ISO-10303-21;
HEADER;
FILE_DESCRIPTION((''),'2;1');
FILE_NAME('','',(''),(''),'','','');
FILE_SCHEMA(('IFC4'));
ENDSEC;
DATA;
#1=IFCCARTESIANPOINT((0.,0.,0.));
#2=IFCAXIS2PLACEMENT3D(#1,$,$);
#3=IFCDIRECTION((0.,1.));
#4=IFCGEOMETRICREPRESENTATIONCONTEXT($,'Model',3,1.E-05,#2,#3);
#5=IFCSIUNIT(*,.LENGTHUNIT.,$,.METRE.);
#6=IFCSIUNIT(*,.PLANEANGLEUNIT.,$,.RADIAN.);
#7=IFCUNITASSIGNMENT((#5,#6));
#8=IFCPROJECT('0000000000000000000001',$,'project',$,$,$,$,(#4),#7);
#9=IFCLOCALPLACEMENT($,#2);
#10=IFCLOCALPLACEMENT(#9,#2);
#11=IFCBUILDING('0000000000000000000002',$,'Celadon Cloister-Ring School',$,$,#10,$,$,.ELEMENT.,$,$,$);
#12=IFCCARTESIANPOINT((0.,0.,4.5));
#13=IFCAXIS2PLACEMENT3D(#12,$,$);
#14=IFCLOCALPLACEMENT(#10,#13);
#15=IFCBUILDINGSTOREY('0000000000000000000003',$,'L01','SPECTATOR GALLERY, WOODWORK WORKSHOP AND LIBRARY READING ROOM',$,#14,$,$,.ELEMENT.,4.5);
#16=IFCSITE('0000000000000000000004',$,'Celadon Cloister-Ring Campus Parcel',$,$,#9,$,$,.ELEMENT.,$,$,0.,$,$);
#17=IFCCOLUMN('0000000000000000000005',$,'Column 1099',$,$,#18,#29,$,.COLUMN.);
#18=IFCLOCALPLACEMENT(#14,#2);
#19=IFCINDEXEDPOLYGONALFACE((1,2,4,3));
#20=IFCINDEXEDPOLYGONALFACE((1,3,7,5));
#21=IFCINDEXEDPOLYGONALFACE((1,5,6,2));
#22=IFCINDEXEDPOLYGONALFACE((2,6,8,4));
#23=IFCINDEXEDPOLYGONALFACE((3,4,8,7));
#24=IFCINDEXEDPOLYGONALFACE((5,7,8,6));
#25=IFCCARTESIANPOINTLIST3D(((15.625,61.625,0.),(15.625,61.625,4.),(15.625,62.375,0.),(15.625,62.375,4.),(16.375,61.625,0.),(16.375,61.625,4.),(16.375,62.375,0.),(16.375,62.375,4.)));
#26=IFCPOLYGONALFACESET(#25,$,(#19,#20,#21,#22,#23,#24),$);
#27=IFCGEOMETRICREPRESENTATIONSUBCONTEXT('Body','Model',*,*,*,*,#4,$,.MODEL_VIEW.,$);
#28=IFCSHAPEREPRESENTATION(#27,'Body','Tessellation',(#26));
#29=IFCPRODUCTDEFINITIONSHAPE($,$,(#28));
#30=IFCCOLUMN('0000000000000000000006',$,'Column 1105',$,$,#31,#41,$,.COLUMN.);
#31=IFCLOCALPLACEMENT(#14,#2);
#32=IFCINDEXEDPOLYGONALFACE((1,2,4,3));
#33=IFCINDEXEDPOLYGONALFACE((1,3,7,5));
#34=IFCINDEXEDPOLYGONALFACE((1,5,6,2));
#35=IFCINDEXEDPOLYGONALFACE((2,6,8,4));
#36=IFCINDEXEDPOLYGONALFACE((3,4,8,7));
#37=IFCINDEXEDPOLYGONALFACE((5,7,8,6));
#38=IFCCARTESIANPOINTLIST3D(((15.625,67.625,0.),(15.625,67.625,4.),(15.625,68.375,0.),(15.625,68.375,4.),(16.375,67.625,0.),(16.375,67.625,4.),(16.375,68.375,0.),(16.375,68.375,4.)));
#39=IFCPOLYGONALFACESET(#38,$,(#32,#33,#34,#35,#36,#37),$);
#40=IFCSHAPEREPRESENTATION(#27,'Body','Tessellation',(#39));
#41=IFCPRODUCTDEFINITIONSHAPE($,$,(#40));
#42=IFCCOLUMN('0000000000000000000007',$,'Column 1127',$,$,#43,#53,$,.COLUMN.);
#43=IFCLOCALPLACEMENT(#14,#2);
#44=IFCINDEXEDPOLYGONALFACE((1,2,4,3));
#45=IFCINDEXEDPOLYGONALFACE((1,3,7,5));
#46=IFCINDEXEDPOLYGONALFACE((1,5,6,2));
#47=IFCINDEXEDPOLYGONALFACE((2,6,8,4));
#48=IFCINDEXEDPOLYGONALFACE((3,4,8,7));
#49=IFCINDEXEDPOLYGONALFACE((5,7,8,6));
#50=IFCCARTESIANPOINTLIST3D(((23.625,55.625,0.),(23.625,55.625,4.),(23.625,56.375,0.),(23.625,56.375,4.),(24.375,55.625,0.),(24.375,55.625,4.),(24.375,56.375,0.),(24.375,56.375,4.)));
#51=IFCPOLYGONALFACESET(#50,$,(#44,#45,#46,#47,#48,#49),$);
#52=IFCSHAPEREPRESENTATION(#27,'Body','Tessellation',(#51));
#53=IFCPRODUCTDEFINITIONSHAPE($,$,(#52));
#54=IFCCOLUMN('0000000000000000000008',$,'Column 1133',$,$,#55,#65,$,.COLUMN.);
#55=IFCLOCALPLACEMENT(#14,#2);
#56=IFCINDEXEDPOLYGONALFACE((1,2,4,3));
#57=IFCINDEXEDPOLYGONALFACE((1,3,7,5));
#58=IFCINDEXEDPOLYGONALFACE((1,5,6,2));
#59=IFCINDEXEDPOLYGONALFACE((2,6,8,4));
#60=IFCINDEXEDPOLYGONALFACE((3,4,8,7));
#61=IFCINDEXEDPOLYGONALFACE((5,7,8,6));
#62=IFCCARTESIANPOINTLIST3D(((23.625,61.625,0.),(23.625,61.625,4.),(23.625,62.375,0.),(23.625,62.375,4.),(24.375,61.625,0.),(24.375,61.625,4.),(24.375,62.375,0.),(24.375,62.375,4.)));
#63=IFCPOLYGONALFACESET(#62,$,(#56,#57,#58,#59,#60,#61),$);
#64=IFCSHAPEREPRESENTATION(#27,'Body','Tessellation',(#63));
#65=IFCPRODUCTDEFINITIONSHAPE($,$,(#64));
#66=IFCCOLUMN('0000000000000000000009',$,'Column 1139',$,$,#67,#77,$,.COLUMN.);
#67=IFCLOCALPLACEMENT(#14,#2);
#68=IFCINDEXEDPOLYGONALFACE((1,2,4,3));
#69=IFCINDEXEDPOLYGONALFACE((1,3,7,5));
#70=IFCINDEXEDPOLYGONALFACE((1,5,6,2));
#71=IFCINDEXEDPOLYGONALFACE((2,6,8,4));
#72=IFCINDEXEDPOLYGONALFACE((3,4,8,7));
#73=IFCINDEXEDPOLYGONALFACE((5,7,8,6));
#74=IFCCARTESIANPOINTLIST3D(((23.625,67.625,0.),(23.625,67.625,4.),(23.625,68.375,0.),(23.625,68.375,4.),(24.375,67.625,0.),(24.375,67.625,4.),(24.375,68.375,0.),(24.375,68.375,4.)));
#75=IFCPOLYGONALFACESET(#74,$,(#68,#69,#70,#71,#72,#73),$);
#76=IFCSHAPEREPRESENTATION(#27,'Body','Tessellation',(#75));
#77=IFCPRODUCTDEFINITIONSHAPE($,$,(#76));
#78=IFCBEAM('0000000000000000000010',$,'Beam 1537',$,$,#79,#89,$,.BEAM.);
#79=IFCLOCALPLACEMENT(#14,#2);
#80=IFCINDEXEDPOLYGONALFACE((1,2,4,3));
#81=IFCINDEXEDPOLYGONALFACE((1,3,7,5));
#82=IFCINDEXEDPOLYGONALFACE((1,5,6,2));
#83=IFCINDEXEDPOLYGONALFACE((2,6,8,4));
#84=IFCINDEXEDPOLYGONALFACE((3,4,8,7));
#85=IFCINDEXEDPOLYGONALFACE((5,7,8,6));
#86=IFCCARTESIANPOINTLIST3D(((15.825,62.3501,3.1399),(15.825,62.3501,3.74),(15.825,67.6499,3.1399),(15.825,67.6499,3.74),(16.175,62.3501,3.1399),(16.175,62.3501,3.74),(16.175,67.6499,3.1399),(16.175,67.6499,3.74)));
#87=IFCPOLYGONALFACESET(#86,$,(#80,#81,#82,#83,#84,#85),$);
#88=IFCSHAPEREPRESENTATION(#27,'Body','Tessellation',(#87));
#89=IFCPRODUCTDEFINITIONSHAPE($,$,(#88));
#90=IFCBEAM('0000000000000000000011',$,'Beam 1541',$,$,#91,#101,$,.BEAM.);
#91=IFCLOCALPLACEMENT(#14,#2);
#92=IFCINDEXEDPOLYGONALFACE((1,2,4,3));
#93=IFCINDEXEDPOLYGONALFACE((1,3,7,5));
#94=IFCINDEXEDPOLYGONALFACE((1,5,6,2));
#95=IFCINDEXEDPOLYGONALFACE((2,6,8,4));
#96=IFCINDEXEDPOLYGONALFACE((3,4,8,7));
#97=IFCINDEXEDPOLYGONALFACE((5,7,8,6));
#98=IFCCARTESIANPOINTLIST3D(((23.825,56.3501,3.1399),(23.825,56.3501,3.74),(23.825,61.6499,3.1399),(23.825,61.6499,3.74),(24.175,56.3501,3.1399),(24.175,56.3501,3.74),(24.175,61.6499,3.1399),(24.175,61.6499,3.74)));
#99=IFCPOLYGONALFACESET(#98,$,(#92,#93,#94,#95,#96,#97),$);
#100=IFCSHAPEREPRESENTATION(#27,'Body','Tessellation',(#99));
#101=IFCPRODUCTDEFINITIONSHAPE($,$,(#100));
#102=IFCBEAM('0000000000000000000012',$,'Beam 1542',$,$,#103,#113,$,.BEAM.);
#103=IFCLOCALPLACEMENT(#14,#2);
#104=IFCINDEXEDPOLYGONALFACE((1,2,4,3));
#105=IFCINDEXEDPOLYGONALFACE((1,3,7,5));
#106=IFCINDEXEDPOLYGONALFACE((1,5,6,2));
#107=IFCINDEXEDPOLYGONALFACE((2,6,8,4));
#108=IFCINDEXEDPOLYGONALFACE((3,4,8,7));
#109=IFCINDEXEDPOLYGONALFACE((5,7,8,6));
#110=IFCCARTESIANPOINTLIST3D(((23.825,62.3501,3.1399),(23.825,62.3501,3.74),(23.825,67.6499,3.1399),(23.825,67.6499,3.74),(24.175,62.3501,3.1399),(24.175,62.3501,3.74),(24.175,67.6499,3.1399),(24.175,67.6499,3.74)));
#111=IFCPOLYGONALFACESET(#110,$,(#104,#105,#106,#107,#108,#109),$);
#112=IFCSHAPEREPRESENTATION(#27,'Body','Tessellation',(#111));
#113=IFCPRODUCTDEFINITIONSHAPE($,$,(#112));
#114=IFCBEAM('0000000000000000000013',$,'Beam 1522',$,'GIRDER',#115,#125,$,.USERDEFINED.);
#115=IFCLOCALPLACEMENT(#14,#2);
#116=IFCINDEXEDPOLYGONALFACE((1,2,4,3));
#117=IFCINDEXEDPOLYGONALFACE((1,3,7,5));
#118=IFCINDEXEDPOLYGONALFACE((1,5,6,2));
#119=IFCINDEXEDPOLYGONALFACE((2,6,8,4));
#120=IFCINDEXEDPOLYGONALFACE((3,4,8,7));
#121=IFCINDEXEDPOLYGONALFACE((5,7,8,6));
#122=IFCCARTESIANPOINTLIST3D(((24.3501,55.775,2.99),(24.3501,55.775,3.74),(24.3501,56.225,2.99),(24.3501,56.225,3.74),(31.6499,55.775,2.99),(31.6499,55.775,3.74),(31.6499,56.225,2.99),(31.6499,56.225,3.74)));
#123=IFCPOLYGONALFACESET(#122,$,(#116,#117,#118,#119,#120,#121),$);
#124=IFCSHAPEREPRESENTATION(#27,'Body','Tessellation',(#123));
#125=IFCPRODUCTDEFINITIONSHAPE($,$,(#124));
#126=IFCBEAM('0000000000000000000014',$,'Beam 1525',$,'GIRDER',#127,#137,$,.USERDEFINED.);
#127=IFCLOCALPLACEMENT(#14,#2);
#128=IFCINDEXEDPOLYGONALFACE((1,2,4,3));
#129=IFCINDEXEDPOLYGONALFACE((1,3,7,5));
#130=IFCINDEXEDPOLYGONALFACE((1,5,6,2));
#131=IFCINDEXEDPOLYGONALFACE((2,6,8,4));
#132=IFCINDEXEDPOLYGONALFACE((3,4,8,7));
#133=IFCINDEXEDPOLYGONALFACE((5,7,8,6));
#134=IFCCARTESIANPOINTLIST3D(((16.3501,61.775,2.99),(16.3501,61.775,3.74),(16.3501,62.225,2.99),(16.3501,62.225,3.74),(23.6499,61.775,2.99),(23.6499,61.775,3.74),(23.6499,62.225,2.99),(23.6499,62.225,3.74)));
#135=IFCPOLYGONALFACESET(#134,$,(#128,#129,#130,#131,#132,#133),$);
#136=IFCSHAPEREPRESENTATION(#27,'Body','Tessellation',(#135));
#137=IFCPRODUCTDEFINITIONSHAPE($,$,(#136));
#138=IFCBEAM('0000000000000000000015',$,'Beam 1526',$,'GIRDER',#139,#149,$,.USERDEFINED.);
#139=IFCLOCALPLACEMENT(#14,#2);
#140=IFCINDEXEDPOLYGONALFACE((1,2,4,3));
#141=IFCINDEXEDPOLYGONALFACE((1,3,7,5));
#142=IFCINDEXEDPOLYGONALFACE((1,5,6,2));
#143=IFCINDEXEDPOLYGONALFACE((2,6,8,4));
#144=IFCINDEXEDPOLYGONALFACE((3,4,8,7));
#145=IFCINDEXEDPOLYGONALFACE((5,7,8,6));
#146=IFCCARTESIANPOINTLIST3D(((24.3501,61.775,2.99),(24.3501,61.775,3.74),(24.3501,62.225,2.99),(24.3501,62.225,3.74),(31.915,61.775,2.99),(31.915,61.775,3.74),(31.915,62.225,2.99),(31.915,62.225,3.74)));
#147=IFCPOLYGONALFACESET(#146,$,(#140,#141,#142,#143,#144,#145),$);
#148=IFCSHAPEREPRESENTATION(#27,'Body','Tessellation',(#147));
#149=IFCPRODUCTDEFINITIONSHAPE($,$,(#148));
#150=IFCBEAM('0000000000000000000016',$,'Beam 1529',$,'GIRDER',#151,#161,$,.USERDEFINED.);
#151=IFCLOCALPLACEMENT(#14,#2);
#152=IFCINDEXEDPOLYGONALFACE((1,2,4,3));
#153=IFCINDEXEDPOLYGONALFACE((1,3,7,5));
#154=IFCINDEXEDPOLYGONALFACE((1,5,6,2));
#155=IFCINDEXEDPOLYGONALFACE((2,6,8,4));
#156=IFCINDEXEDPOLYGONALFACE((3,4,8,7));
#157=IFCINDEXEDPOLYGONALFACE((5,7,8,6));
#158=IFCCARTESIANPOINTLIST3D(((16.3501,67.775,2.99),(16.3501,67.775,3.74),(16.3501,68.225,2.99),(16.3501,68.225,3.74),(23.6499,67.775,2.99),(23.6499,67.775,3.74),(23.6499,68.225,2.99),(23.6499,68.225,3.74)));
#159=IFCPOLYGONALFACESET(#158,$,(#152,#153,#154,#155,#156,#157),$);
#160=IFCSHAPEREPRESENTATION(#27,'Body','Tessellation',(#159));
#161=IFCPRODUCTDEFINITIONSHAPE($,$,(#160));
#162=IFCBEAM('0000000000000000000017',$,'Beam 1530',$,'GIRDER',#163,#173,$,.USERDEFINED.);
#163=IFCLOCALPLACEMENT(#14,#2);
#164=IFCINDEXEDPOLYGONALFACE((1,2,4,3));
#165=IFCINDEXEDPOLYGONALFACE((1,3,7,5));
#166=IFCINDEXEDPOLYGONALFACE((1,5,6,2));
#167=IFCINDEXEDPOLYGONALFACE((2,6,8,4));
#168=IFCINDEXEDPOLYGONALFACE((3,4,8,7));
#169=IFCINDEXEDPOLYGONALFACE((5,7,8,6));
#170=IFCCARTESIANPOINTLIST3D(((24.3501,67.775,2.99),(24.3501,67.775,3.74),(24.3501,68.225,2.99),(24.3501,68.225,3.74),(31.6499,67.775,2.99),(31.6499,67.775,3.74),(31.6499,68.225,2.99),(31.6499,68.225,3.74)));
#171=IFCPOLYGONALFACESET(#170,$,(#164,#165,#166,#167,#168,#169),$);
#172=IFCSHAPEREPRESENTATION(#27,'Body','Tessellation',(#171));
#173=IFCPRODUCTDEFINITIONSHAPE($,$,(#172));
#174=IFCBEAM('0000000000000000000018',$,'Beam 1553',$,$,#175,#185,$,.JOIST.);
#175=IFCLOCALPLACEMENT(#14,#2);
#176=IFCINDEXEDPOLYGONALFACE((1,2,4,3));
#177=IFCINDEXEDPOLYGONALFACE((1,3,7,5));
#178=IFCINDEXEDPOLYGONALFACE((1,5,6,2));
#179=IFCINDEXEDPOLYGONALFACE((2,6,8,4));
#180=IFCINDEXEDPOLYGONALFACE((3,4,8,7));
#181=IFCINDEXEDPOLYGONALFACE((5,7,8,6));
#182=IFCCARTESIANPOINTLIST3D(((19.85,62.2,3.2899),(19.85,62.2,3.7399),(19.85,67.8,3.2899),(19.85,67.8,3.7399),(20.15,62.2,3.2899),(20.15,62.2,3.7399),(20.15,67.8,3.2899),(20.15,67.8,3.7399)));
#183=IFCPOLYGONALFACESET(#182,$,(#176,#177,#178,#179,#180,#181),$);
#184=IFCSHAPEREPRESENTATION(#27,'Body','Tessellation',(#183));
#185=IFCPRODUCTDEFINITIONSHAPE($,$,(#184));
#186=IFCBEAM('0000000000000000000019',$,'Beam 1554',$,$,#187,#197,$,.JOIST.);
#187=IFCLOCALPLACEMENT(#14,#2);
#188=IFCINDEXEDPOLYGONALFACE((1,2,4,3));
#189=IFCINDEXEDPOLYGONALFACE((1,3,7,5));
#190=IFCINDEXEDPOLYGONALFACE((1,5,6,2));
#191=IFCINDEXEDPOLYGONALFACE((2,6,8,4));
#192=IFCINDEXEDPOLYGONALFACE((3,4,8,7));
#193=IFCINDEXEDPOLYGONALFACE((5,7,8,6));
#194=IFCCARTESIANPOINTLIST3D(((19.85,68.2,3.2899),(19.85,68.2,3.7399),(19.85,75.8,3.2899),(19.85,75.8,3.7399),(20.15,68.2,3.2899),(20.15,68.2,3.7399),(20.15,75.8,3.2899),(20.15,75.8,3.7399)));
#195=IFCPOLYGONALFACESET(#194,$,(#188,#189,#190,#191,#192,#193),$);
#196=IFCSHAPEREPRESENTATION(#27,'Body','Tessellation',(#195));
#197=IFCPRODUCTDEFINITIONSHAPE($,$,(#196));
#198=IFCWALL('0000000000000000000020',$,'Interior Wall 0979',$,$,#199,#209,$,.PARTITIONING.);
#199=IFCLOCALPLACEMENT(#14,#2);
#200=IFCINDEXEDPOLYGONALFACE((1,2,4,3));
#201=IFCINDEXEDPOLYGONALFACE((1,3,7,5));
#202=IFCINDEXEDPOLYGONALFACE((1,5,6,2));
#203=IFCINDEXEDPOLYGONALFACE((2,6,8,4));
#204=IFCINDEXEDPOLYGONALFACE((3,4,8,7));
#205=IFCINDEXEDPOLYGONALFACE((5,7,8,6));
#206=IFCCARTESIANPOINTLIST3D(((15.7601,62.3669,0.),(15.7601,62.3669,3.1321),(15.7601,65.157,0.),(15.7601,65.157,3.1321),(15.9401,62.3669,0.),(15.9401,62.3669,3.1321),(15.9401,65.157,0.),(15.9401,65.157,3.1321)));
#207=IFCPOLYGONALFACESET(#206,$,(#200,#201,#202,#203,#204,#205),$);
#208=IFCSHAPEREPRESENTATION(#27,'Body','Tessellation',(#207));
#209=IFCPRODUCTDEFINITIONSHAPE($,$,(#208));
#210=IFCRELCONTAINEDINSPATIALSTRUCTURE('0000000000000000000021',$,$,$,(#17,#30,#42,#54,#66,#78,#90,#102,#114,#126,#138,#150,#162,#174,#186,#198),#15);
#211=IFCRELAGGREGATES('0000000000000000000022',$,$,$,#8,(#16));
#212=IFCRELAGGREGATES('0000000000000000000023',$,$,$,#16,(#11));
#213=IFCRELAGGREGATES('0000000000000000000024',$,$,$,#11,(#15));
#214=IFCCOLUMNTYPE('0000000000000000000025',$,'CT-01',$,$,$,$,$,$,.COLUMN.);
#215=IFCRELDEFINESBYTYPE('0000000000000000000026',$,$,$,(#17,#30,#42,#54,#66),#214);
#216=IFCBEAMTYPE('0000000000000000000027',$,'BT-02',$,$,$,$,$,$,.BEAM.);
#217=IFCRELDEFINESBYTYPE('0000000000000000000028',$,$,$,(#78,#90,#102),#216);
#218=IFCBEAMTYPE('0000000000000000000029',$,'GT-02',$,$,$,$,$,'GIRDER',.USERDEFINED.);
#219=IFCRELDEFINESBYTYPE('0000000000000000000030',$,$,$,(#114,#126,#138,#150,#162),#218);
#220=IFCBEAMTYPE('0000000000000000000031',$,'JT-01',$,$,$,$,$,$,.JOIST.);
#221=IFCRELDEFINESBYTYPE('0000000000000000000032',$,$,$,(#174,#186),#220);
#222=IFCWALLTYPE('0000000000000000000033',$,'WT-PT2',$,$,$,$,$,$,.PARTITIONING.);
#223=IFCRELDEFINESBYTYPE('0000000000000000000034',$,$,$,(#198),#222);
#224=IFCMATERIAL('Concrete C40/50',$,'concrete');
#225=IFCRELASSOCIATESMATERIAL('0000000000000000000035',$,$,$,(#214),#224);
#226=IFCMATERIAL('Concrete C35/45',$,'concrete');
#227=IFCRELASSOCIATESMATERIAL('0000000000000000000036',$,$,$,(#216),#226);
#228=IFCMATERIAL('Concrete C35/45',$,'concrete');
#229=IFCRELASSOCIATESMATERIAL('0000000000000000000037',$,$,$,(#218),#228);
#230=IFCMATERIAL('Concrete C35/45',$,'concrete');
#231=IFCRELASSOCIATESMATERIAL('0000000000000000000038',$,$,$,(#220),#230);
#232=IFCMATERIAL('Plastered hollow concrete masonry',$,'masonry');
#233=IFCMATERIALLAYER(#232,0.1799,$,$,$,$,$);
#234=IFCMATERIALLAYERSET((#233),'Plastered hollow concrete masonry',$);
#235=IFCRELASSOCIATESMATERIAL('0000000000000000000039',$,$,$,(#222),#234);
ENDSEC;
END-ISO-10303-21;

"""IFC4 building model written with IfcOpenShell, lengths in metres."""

from ifc_helpers import new_model, si_unit, direction, frame, frame_2d, origin, origin_2d, place, context, subcontext, project, spatial, rectangle, extrude, material, layer, layer_set, material_profile, profile_set, type_object, element, save


model = new_model("IFC4")

# Units and contexts
model_context = context("Model", 3, precision=1e-05, world=origin(), true_north=direction((0.0, 1.0)))
body_context = subcontext(model_context, "Body", "Model", "MODEL_VIEW")
ifc_project = project(units=[si_unit("LENGTHUNIT", "METRE"), si_unit("PLANEANGLEUNIT", "RADIAN")], contexts=[model_context])

# Site, building, storey
site_placement = place(None, origin())
site = spatial("IfcSite", under=ifc_project, at=site_placement, Name="Celadon Cloister-Ring Campus Parcel", CompositionType="ELEMENT", RefElevation=0.0)
building_placement = place(site_placement, origin())
building = spatial("IfcBuilding", under=site, at=building_placement, Name="Celadon Cloister-Ring School", CompositionType="ELEMENT")
storey_placement = place(building_placement, frame((0.0, 0.0, 4.5)))
storey = spatial("IfcBuildingStorey", under=building, at=storey_placement, Name="L01", Description="SPECTATOR GALLERY, WOODWORK WORKSHOP AND LIBRARY READING ROOM", CompositionType="ELEMENT", Elevation=4.5)

# Columns
ifc_material_1 = material(Name="Concrete C40/50", Category="concrete")
ifc_material_profile_1 = material_profile(ifc_material_1, rectangle(XDim=0.75, YDim=0.75, at=origin_2d()), Name="RC750X750")
ifc_profile_set_1 = profile_set([ifc_material_profile_1], Name="Concrete C40/50")
column_type = type_object("IfcColumnType", Name="CT-01", PredefinedType="COLUMN", material=ifc_profile_set_1)
for number, where, z_axis, x_axis, name in (
    (1, (16.0, 62.0, 0.0), (0.0, 0.0, 1.0), (1.0, 0.0, 0.0), "Column 1099"),
    (2, (16.0, 68.0, 0.0), (0.0, 0.0, 1.0), (1.0, 0.0, 0.0), "Column 1105"),
    (3, (24.0, 56.0, 0.0), (0.0, 0.0, 1.0), (1.0, 0.0, 0.0), "Column 1127"),
    (4, (24.0, 62.0, 0.0), (0.0, 0.0, 1.0), (1.0, 0.0, 0.0), "Column 1133"),
    (5, (24.0, 68.0, 0.0), (0.0, 0.0, 1.0), (1.0, 0.0, 0.0), "Column 1139"),
):
    element("IfcColumn", number, at=place(storey_placement, frame(where, z_axis=z_axis, x_axis=x_axis)), inside=storey, type_object=column_type, Name=name, PredefinedType="COLUMN", context=body_context, shape_type="SweptSolid", body=[
        extrude(rectangle(XDim=0.75, YDim=0.75, at=origin_2d()), origin(), (0.0, 0.0, 1.0), 4.0),
    ])

# Beams
ifc_material_2 = material(Name="Concrete C35/45", Category="concrete")
ifc_material_profile_2 = material_profile(ifc_material_2, rectangle(XDim=0.3501, YDim=0.6001, at=origin_2d()), Name="RC350X600")
ifc_profile_set_2 = profile_set([ifc_material_profile_2], Name="Concrete C35/45")
beam_type_1 = type_object("IfcBeamType", Name="BT-02", PredefinedType="BEAM", material=ifc_profile_set_2)
for number, where, z_axis, x_axis, name in (
    (6, (16.0, 62.3501, 3.4399), (0.0, 1.0, 0.0), (-1.0, 0.0, 0.0), "Beam 1537"),
    (7, (24.0, 56.3501, 3.4399), (0.0, 1.0, 0.0), (-1.0, 0.0, 0.0), "Beam 1541"),
    (8, (24.0, 62.3501, 3.4399), (0.0, 1.0, 0.0), (-1.0, 0.0, 0.0), "Beam 1542"),
):
    element("IfcBeam", number, at=place(storey_placement, frame(where, z_axis=z_axis, x_axis=x_axis)), inside=storey, type_object=beam_type_1, Name=name, PredefinedType="BEAM", context=body_context, shape_type="SweptSolid", body=[
        extrude(rectangle(XDim=0.3501, YDim=0.6001, at=origin_2d()), origin(), (0.0, 0.0, 1.0), 5.2998),
    ])
ifc_material_3 = material(Name="Concrete C35/45", Category="concrete")
ifc_material_profile_3 = material_profile(ifc_material_3, rectangle(XDim=0.45, YDim=0.75, at=origin_2d()), Name="RC450X750")
ifc_profile_set_3 = profile_set([ifc_material_profile_3], Name="Concrete C35/45")
beam_type_2 = type_object("IfcBeamType", Name="GT-02", ElementType="GIRDER", PredefinedType="USERDEFINED", material=ifc_profile_set_3)
for number, where, z_axis, x_axis, name in (
    (9, (24.3501, 56.0, 3.365), (1.0, 0.0, 0.0), (0.0, 1.0, 0.0), "Beam 1522"),
    (10, (16.3501, 62.0, 3.365), (1.0, 0.0, 0.0), (0.0, 1.0, 0.0), "Beam 1525"),
):
    element("IfcBeam", number, at=place(storey_placement, frame(where, z_axis=z_axis, x_axis=x_axis)), inside=storey, type_object=beam_type_2, Name=name, ObjectType="GIRDER", PredefinedType="USERDEFINED", context=body_context, shape_type="SweptSolid", body=[
        extrude(rectangle(XDim=0.45, YDim=0.75, at=origin_2d()), origin(), (0.0, 0.0, 1.0), 7.2998),
    ])
beam_1_placement = place(storey_placement, frame((24.3501, 62.0, 3.365), z_axis=(1.0, 0.0, 0.0), x_axis=(0.0, 1.0, 0.0)))
element("IfcBeam", 11, at=beam_1_placement, inside=storey, type_object=beam_type_2, Name="Beam 1526", ObjectType="GIRDER", PredefinedType="USERDEFINED", context=body_context, shape_type="SweptSolid", body=[
    extrude(rectangle(XDim=0.45, YDim=0.75, at=origin_2d()), origin(), (0.0, 0.0, 1.0), 7.5649),
])
for number, where, z_axis, x_axis, name in (
    (12, (16.3501, 68.0, 3.365), (1.0, 0.0, 0.0), (0.0, 1.0, 0.0), "Beam 1529"),
    (13, (24.3501, 68.0, 3.365), (1.0, 0.0, 0.0), (0.0, 1.0, 0.0), "Beam 1530"),
):
    element("IfcBeam", number, at=place(storey_placement, frame(where, z_axis=z_axis, x_axis=x_axis)), inside=storey, type_object=beam_type_2, Name=name, ObjectType="GIRDER", PredefinedType="USERDEFINED", context=body_context, shape_type="SweptSolid", body=[
        extrude(rectangle(XDim=0.45, YDim=0.75, at=origin_2d()), origin(), (0.0, 0.0, 1.0), 7.2998),
    ])
ifc_material_4 = material(Name="Concrete C35/45", Category="concrete")
ifc_material_profile_4 = material_profile(ifc_material_4, rectangle(XDim=0.3, YDim=0.45, at=origin_2d()), Name="RC300X450")
ifc_profile_set_4 = profile_set([ifc_material_profile_4], Name="Concrete C35/45")
beam_type_3 = type_object("IfcBeamType", Name="JT-01", PredefinedType="JOIST", material=ifc_profile_set_4)
beam_2_placement = place(storey_placement, frame((20.0, 62.2, 3.5149), z_axis=(0.0, 1.0, 0.0), x_axis=(-1.0, 0.0, 0.0)))
element("IfcBeam", 14, at=beam_2_placement, inside=storey, type_object=beam_type_3, Name="Beam 1553", PredefinedType="JOIST", context=body_context, shape_type="SweptSolid", body=[
    extrude(rectangle(XDim=0.3, YDim=0.45, at=origin_2d()), origin(), (0.0, 0.0, 1.0), 5.6001),
])
beam_3_placement = place(storey_placement, frame((20.0, 68.2, 3.5149), z_axis=(0.0, 1.0, 0.0), x_axis=(-1.0, 0.0, 0.0)))
element("IfcBeam", 15, at=beam_3_placement, inside=storey, type_object=beam_type_3, Name="Beam 1554", PredefinedType="JOIST", context=body_context, shape_type="SweptSolid", body=[
    extrude(rectangle(XDim=0.3, YDim=0.45, at=origin_2d()), origin(), (0.0, 0.0, 1.0), 7.6001),
])

# Wall
ifc_material_5 = material(Name="Plastered hollow concrete masonry", Category="masonry")
ifc_layer_1 = layer(ifc_material_5, 0.1799)
ifc_layer_set_1 = layer_set([ifc_layer_1], Name="Plastered hollow concrete masonry")
wall_type_1 = type_object("IfcWallType", Name="WT-PT2", PredefinedType="PARTITIONING", material=ifc_layer_set_1)
wall_1_placement = place(storey_placement, frame((15.8501, 65.157, 0.0), z_axis=(0.0, 0.0, 1.0), x_axis=(0.0, -1.0, 0.0)))
element("IfcWall", 16, at=wall_1_placement, inside=storey, type_object=wall_type_1, Name="Interior Wall 0979", PredefinedType="PARTITIONING", context=body_context, shape_type="SweptSolid", body=[
    extrude(rectangle(XDim=2.79, YDim=0.1799, at=frame_2d((1.395, 0.0))), origin(), (0.0, 0.0, 1.0), 3.1321),
])

save(model, "model.ifc")
